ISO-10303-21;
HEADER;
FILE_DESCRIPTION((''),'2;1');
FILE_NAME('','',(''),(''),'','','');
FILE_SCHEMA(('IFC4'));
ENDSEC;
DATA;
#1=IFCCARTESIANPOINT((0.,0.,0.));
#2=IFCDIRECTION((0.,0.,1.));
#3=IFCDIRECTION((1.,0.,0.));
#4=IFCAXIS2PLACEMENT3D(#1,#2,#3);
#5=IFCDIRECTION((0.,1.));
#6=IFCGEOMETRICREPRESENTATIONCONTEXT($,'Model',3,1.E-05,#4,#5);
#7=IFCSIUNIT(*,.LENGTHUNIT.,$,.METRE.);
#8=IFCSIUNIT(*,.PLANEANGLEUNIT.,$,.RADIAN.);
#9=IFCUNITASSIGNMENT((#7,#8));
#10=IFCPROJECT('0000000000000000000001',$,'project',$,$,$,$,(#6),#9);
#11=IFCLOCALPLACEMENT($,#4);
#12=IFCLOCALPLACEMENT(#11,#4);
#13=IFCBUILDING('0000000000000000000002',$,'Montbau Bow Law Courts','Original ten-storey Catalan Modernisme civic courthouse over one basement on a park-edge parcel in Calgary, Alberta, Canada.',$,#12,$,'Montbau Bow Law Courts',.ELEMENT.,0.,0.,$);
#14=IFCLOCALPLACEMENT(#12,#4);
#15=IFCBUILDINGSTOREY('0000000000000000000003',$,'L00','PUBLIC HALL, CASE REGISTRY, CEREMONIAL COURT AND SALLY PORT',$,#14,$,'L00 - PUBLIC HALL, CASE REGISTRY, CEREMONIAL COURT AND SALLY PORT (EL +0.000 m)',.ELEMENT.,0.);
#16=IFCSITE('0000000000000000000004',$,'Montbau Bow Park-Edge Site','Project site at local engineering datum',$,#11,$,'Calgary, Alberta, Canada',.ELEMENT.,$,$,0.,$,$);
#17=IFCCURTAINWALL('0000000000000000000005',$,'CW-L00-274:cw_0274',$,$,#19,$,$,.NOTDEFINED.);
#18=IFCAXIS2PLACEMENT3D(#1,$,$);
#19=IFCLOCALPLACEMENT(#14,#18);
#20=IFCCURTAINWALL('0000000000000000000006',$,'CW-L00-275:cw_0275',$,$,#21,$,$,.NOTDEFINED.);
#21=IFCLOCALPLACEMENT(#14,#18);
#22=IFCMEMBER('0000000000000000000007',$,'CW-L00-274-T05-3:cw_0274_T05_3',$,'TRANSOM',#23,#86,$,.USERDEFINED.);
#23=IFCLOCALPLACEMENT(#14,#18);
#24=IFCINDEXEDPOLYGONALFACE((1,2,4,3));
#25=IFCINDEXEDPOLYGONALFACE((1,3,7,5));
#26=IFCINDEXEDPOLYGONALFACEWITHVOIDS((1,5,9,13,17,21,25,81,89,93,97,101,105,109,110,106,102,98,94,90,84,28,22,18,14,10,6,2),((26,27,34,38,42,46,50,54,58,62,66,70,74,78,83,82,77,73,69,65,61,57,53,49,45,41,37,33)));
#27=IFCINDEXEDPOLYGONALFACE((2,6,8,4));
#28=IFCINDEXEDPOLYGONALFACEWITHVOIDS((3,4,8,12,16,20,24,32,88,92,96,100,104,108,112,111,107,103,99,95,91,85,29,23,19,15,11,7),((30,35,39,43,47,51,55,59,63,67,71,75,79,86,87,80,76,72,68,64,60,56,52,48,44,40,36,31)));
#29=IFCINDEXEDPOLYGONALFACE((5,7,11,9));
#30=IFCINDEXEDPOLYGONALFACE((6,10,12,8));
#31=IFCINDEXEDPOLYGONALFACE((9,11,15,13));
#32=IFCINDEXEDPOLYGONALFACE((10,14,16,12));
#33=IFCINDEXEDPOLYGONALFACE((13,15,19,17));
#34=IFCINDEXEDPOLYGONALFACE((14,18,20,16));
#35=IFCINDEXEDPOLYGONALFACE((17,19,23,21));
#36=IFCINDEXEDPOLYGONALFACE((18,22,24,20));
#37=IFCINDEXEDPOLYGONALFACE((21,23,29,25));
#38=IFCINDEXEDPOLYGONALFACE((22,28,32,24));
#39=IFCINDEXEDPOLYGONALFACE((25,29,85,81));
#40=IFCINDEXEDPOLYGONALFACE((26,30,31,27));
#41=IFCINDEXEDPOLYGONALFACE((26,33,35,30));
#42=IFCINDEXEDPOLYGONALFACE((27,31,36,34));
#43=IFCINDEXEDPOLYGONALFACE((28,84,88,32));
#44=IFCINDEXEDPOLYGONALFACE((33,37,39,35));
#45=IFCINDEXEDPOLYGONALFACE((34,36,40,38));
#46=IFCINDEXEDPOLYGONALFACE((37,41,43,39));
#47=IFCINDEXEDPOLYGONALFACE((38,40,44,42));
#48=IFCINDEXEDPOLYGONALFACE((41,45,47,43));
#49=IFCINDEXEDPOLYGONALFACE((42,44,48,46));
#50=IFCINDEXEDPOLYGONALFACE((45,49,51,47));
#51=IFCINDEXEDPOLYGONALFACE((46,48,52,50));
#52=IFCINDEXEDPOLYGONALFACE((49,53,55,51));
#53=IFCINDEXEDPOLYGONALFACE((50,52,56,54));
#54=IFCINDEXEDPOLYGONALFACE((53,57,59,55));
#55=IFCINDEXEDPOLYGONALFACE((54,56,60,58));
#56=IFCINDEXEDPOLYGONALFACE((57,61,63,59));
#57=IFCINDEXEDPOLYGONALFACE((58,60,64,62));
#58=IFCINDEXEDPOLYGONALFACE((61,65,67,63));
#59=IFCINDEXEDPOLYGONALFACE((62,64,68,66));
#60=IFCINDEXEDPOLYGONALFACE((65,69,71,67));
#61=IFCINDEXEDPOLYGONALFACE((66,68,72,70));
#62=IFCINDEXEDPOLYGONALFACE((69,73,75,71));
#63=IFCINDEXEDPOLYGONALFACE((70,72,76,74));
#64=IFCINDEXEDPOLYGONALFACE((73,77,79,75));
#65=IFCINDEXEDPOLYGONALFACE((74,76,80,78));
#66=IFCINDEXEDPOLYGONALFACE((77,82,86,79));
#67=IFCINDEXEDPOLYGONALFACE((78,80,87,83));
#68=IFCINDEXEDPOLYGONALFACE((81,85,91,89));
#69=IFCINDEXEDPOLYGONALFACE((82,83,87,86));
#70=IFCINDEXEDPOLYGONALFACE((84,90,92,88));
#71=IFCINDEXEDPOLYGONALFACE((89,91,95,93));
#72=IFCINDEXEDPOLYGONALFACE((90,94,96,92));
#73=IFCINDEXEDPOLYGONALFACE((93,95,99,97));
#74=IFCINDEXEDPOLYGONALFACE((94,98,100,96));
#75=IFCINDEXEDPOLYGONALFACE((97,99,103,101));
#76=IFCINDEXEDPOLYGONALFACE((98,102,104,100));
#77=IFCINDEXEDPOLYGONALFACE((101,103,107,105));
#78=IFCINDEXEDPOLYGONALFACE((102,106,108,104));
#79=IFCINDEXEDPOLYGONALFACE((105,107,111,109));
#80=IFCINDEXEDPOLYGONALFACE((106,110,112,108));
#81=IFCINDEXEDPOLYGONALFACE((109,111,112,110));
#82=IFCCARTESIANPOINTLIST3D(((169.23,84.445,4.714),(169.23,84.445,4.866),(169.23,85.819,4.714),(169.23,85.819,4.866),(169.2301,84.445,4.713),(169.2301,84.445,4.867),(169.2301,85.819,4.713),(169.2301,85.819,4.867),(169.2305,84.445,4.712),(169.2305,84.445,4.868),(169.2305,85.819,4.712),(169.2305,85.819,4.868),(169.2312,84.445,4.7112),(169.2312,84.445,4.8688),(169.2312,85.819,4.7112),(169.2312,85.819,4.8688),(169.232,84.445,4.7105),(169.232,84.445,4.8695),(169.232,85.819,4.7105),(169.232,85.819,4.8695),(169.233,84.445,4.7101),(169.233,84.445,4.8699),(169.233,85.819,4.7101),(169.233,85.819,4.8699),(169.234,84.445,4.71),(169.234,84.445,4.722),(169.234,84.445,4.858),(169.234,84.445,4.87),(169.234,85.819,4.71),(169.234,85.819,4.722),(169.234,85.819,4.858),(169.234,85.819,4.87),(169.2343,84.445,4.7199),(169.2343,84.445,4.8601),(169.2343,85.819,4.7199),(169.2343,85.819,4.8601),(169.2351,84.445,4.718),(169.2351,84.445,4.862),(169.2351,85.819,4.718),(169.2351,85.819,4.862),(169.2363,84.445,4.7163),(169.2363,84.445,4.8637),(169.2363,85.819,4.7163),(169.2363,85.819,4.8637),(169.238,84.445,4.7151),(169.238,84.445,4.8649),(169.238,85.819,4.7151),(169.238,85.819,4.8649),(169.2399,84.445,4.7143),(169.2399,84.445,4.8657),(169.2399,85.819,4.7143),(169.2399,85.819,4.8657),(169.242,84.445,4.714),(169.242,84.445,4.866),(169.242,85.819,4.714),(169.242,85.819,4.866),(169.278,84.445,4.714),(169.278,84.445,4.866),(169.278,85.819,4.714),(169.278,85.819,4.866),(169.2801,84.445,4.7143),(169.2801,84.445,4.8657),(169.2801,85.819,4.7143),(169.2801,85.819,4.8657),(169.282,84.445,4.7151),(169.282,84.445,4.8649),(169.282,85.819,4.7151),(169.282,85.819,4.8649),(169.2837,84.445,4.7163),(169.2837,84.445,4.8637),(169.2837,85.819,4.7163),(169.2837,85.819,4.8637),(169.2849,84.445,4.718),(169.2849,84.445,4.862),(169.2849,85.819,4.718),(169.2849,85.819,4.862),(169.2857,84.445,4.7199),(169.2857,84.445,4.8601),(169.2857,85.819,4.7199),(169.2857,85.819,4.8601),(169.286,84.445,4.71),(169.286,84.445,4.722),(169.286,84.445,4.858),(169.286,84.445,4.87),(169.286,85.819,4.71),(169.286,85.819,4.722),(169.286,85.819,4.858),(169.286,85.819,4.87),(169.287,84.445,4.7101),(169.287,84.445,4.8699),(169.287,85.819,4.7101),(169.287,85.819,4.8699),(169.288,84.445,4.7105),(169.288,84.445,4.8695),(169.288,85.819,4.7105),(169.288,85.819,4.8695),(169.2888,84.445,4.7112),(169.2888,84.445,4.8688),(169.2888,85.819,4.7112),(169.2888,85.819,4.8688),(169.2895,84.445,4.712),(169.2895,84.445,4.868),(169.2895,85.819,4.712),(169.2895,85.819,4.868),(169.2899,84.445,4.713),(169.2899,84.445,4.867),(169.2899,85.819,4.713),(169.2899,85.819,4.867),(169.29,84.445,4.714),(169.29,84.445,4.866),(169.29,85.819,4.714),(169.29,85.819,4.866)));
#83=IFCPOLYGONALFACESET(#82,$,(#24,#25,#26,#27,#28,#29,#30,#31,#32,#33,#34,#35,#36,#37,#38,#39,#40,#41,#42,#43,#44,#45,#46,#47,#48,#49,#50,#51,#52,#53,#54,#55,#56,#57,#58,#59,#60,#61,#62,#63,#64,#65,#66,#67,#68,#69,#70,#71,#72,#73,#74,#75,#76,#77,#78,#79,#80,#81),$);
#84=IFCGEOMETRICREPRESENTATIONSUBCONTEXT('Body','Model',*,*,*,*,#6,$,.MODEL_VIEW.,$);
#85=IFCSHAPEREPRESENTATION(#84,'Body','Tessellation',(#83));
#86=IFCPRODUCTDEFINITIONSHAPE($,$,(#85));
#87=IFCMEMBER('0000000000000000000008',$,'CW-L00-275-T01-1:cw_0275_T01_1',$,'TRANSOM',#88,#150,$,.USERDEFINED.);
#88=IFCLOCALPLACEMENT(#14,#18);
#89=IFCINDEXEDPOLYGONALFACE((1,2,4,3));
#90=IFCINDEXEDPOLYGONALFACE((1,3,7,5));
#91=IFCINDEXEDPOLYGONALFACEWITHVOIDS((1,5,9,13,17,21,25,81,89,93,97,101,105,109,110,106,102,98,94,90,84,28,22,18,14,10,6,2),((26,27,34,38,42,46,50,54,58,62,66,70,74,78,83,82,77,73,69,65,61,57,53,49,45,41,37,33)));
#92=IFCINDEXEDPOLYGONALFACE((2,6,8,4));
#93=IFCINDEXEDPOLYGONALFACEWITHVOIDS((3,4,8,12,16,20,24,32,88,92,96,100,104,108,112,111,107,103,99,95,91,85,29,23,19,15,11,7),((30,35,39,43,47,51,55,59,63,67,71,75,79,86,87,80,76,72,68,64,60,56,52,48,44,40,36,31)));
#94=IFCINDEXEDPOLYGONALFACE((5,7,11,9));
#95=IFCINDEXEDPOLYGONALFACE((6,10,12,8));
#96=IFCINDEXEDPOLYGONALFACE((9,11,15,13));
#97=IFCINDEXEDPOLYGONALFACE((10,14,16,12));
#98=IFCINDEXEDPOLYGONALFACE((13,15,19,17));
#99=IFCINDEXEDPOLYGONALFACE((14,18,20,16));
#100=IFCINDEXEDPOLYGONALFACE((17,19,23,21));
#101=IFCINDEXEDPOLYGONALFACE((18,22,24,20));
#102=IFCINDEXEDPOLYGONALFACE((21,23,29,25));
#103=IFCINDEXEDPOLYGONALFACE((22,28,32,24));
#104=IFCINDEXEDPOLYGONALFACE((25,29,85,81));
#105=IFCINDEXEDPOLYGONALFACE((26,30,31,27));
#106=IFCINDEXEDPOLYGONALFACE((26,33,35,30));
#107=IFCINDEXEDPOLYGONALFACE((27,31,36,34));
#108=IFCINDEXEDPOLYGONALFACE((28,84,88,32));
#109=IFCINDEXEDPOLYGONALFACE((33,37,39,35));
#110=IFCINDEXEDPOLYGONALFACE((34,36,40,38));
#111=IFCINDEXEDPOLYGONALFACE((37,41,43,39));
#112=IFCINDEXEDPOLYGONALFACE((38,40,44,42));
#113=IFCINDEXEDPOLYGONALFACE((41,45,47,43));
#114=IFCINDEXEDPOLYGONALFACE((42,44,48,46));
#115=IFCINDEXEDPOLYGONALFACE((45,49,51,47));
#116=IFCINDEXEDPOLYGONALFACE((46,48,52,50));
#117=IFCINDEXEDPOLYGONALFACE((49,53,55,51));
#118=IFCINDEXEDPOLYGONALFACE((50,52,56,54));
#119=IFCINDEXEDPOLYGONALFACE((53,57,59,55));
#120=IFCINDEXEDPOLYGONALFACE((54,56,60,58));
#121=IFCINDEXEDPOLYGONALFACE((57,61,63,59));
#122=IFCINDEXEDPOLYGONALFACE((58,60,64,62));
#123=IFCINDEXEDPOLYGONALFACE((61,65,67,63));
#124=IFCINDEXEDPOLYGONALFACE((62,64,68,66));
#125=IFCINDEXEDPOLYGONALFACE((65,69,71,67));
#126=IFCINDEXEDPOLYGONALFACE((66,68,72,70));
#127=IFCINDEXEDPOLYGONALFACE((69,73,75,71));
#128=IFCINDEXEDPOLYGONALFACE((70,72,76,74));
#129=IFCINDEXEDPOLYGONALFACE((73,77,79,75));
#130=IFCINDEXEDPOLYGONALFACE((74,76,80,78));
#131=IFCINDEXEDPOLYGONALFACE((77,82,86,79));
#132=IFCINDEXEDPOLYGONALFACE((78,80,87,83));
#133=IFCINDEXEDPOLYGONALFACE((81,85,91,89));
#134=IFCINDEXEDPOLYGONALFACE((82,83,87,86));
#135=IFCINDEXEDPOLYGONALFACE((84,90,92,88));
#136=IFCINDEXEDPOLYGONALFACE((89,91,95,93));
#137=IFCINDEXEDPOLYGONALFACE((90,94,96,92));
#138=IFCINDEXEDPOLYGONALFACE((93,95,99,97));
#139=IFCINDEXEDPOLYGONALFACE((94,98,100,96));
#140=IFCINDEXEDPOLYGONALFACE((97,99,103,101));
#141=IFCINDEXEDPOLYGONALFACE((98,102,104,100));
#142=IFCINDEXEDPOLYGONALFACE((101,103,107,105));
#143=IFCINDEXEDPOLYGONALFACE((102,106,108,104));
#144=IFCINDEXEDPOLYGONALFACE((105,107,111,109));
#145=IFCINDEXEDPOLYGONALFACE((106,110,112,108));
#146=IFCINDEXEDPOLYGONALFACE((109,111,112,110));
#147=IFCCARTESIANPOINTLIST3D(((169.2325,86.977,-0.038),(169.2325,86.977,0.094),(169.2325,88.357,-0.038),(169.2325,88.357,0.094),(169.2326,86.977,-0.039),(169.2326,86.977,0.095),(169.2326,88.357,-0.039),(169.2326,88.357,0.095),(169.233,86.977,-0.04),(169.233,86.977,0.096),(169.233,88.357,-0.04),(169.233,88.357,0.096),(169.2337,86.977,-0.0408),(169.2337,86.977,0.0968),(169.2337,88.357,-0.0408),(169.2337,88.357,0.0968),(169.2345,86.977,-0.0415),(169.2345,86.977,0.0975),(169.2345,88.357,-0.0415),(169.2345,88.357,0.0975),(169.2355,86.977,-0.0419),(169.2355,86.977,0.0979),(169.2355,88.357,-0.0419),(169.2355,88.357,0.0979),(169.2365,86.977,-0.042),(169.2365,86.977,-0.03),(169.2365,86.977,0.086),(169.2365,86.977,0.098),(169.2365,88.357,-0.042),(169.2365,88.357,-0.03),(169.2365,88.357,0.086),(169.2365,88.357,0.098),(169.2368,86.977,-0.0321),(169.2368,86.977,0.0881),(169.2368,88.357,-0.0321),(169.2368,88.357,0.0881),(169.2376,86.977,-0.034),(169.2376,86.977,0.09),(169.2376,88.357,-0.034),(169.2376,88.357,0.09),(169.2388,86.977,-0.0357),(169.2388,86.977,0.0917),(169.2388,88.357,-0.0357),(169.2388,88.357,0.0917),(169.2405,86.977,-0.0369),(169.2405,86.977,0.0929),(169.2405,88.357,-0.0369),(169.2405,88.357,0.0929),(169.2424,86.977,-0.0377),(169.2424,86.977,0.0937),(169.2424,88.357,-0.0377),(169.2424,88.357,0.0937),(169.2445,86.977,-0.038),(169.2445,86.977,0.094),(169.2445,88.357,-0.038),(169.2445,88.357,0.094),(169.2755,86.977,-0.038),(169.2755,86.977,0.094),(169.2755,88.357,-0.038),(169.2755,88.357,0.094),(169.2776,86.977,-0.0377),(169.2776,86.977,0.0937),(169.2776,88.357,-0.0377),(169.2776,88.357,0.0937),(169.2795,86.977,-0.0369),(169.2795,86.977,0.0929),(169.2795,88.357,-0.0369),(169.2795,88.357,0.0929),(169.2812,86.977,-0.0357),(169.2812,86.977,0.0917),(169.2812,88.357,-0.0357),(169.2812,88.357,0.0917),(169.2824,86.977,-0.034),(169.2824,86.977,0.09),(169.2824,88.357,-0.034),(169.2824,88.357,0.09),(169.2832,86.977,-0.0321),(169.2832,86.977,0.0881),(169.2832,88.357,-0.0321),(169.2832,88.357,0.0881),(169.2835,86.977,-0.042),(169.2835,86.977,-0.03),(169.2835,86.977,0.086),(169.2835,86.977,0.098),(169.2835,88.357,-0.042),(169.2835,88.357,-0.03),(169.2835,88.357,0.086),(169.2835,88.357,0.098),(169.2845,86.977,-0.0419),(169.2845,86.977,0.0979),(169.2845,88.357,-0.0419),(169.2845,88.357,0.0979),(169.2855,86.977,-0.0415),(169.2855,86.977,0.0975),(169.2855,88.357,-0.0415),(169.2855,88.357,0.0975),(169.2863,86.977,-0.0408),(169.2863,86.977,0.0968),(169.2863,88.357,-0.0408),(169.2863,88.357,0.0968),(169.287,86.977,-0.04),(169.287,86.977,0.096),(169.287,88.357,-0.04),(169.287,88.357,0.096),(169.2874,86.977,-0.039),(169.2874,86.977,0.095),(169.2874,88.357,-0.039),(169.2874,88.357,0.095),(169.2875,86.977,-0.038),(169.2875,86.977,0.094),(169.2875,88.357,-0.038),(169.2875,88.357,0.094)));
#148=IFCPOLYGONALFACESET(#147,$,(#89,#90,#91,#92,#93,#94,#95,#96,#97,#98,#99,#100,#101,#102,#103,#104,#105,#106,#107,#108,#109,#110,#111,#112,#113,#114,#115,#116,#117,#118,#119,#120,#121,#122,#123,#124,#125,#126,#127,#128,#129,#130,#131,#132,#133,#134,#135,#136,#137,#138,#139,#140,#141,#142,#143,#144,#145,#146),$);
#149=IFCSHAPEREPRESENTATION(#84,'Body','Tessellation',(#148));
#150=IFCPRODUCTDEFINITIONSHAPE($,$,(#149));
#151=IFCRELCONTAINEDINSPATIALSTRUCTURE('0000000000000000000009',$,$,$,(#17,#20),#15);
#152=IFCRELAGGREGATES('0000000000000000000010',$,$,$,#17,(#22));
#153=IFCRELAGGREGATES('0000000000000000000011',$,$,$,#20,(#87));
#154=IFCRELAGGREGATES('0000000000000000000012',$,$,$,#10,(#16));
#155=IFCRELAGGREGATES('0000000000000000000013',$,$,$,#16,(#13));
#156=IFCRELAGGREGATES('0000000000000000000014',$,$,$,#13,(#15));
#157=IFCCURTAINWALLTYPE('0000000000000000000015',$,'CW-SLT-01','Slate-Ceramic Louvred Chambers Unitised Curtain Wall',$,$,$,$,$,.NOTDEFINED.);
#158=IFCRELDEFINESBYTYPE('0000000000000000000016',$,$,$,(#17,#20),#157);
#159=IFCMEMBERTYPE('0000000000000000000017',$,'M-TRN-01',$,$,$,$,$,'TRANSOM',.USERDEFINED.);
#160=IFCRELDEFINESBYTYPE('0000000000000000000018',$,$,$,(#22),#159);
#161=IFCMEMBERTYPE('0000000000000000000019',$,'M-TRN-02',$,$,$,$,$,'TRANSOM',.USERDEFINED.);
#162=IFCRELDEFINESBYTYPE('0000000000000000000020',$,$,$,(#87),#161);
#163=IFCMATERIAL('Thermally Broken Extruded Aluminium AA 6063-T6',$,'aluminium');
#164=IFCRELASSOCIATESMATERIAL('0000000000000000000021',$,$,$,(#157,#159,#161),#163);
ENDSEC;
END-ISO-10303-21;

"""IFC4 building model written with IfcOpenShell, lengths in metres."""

from ifc_helpers import new_model, si_unit, direction, frame, origin_with_axes, origin_2d_with_axis, place, context, subcontext, project, spatial, hollow_rectangle, extrude, material, material_profile, profile_set, type_object, element, aggregate, save


model = new_model("IFC4")

# Units and contexts
model_context = context("Model", 3, precision=1e-05, world=origin_with_axes(), true_north=direction((0.0, 1.0)))
body_context = subcontext(model_context, "Body", "Model", "MODEL_VIEW")
ifc_project = project(units=[si_unit("LENGTHUNIT", "METRE"), si_unit("PLANEANGLEUNIT", "RADIAN")], contexts=[model_context])

# Site, building, storey
site_placement = place(None, origin_with_axes())
site = spatial("IfcSite", under=ifc_project, at=site_placement, Name="Montbau Bow Park-Edge Site", Description="Project site at local engineering datum", LongName="Calgary, Alberta, Canada", CompositionType="ELEMENT", RefElevation=0.0)
building_placement = place(site_placement, origin_with_axes())
building = spatial("IfcBuilding", under=site, at=building_placement, Name="Montbau Bow Law Courts", Description="Original ten-storey Catalan Modernisme civic courthouse over one basement on a park-edge parcel in Calgary, Alberta, Canada.", LongName="Montbau Bow Law Courts", CompositionType="ELEMENT", ElevationOfRefHeight=0.0, ElevationOfTerrain=0.0)
storey_placement = place(building_placement, origin_with_axes())
storey = spatial("IfcBuildingStorey", under=building, at=storey_placement, Name="L00", Description="PUBLIC HALL, CASE REGISTRY, CEREMONIAL COURT AND SALLY PORT", LongName="L00 - PUBLIC HALL, CASE REGISTRY, CEREMONIAL COURT AND SALLY PORT (EL +0.000 m)", CompositionType="ELEMENT", Elevation=0.0)

# Curtain wall
ifc_material_1 = material(Name="Thermally Broken Extruded Aluminium AA 6063-T6", Category="aluminium")
curtain_wall_type = type_object("IfcCurtainWallType", Name="CW-SLT-01", Description="Slate-Ceramic Louvred Chambers Unitised Curtain Wall", PredefinedType="NOTDEFINED", material=ifc_material_1)
curtain_wall_1_placement = place(None, frame((169.26, 78.515, 0.0), z_axis=(0.0, 0.0, 1.0), x_axis=(1.0, 0.0, 0.0)))
curtain_wall_1 = element("IfcCurtainWall", 1, at=curtain_wall_1_placement, inside=storey, type_object=curtain_wall_type, Name="CW-L00-274:cw_0274", PredefinedType="NOTDEFINED")

# Curtain wall
curtain_wall_2_placement = place(None, frame((169.26, 86.915, 0.0), z_axis=(0.0, 0.0, 1.0), x_axis=(1.0, 0.0, 0.0)))
curtain_wall_2 = element("IfcCurtainWall", 2, at=curtain_wall_2_placement, inside=storey, type_object=curtain_wall_type, Name="CW-L00-275:cw_0275", PredefinedType="NOTDEFINED")

# Members
ifc_material_profile_1 = material_profile(ifc_material_1, hollow_rectangle(XDim=0.06, YDim=0.16, WallThickness=0.004, InnerFilletRadius=0.008, OuterFilletRadius=0.004, at=origin_2d_with_axis()), Name="CWT-160X60", Category="Main", Priority=0)
ifc_profile_set_1 = profile_set([ifc_material_profile_1], Name="Thermally Broken Extruded Aluminium AA 6063-T6")
member_type_1 = type_object("IfcMemberType", Name="M-TRN-01", ElementType="TRANSOM", PredefinedType="USERDEFINED", material=ifc_profile_set_1)
member_1_placement = place(None, frame((169.26, 84.445, 4.79), z_axis=(0.0, 1.0, 0.0), x_axis=(-1.0, 0.0, 0.0)))
member_1 = element("IfcMember", 3, at=member_1_placement, type_object=member_type_1, Name="CW-L00-274-T05-3:cw_0274_T05_3", ObjectType="TRANSOM", PredefinedType="USERDEFINED", context=body_context, shape_type="SweptSolid", body=[
    extrude(hollow_rectangle(XDim=0.06, YDim=0.16, WallThickness=0.004, InnerFilletRadius=0.008, OuterFilletRadius=0.004, at=origin_2d_with_axis()), origin_with_axes(), (0.0, 0.0, 1.0), 1.374),
])
aggregate(curtain_wall_1, [member_1])
ifc_material_profile_2 = material_profile(ifc_material_1, hollow_rectangle(XDim=0.055, YDim=0.14, WallThickness=0.004, InnerFilletRadius=0.008, OuterFilletRadius=0.004, at=origin_2d_with_axis()), Name="CWT-140X55", Category="Main", Priority=0)
ifc_profile_set_2 = profile_set([ifc_material_profile_2], Name="Thermally Broken Extruded Aluminium AA 6063-T6")
member_type_2 = type_object("IfcMemberType", Name="M-TRN-02", ElementType="TRANSOM", PredefinedType="USERDEFINED", material=ifc_profile_set_2)
member_2_placement = place(None, frame((169.26, 86.977, 0.028), z_axis=(0.0, 1.0, 0.0), x_axis=(-1.0, 0.0, 0.0)))
member_2 = element("IfcMember", 4, at=member_2_placement, type_object=member_type_2, Name="CW-L00-275-T01-1:cw_0275_T01_1", ObjectType="TRANSOM", PredefinedType="USERDEFINED", context=body_context, shape_type="SweptSolid", body=[
    extrude(hollow_rectangle(XDim=0.055, YDim=0.14, WallThickness=0.004, InnerFilletRadius=0.008, OuterFilletRadius=0.004, at=origin_2d_with_axis()), origin_with_axes(), (0.0, 0.0, 1.0), 1.38),
])

aggregate(curtain_wall_2, [member_2])

save(model, "model.ifc")
